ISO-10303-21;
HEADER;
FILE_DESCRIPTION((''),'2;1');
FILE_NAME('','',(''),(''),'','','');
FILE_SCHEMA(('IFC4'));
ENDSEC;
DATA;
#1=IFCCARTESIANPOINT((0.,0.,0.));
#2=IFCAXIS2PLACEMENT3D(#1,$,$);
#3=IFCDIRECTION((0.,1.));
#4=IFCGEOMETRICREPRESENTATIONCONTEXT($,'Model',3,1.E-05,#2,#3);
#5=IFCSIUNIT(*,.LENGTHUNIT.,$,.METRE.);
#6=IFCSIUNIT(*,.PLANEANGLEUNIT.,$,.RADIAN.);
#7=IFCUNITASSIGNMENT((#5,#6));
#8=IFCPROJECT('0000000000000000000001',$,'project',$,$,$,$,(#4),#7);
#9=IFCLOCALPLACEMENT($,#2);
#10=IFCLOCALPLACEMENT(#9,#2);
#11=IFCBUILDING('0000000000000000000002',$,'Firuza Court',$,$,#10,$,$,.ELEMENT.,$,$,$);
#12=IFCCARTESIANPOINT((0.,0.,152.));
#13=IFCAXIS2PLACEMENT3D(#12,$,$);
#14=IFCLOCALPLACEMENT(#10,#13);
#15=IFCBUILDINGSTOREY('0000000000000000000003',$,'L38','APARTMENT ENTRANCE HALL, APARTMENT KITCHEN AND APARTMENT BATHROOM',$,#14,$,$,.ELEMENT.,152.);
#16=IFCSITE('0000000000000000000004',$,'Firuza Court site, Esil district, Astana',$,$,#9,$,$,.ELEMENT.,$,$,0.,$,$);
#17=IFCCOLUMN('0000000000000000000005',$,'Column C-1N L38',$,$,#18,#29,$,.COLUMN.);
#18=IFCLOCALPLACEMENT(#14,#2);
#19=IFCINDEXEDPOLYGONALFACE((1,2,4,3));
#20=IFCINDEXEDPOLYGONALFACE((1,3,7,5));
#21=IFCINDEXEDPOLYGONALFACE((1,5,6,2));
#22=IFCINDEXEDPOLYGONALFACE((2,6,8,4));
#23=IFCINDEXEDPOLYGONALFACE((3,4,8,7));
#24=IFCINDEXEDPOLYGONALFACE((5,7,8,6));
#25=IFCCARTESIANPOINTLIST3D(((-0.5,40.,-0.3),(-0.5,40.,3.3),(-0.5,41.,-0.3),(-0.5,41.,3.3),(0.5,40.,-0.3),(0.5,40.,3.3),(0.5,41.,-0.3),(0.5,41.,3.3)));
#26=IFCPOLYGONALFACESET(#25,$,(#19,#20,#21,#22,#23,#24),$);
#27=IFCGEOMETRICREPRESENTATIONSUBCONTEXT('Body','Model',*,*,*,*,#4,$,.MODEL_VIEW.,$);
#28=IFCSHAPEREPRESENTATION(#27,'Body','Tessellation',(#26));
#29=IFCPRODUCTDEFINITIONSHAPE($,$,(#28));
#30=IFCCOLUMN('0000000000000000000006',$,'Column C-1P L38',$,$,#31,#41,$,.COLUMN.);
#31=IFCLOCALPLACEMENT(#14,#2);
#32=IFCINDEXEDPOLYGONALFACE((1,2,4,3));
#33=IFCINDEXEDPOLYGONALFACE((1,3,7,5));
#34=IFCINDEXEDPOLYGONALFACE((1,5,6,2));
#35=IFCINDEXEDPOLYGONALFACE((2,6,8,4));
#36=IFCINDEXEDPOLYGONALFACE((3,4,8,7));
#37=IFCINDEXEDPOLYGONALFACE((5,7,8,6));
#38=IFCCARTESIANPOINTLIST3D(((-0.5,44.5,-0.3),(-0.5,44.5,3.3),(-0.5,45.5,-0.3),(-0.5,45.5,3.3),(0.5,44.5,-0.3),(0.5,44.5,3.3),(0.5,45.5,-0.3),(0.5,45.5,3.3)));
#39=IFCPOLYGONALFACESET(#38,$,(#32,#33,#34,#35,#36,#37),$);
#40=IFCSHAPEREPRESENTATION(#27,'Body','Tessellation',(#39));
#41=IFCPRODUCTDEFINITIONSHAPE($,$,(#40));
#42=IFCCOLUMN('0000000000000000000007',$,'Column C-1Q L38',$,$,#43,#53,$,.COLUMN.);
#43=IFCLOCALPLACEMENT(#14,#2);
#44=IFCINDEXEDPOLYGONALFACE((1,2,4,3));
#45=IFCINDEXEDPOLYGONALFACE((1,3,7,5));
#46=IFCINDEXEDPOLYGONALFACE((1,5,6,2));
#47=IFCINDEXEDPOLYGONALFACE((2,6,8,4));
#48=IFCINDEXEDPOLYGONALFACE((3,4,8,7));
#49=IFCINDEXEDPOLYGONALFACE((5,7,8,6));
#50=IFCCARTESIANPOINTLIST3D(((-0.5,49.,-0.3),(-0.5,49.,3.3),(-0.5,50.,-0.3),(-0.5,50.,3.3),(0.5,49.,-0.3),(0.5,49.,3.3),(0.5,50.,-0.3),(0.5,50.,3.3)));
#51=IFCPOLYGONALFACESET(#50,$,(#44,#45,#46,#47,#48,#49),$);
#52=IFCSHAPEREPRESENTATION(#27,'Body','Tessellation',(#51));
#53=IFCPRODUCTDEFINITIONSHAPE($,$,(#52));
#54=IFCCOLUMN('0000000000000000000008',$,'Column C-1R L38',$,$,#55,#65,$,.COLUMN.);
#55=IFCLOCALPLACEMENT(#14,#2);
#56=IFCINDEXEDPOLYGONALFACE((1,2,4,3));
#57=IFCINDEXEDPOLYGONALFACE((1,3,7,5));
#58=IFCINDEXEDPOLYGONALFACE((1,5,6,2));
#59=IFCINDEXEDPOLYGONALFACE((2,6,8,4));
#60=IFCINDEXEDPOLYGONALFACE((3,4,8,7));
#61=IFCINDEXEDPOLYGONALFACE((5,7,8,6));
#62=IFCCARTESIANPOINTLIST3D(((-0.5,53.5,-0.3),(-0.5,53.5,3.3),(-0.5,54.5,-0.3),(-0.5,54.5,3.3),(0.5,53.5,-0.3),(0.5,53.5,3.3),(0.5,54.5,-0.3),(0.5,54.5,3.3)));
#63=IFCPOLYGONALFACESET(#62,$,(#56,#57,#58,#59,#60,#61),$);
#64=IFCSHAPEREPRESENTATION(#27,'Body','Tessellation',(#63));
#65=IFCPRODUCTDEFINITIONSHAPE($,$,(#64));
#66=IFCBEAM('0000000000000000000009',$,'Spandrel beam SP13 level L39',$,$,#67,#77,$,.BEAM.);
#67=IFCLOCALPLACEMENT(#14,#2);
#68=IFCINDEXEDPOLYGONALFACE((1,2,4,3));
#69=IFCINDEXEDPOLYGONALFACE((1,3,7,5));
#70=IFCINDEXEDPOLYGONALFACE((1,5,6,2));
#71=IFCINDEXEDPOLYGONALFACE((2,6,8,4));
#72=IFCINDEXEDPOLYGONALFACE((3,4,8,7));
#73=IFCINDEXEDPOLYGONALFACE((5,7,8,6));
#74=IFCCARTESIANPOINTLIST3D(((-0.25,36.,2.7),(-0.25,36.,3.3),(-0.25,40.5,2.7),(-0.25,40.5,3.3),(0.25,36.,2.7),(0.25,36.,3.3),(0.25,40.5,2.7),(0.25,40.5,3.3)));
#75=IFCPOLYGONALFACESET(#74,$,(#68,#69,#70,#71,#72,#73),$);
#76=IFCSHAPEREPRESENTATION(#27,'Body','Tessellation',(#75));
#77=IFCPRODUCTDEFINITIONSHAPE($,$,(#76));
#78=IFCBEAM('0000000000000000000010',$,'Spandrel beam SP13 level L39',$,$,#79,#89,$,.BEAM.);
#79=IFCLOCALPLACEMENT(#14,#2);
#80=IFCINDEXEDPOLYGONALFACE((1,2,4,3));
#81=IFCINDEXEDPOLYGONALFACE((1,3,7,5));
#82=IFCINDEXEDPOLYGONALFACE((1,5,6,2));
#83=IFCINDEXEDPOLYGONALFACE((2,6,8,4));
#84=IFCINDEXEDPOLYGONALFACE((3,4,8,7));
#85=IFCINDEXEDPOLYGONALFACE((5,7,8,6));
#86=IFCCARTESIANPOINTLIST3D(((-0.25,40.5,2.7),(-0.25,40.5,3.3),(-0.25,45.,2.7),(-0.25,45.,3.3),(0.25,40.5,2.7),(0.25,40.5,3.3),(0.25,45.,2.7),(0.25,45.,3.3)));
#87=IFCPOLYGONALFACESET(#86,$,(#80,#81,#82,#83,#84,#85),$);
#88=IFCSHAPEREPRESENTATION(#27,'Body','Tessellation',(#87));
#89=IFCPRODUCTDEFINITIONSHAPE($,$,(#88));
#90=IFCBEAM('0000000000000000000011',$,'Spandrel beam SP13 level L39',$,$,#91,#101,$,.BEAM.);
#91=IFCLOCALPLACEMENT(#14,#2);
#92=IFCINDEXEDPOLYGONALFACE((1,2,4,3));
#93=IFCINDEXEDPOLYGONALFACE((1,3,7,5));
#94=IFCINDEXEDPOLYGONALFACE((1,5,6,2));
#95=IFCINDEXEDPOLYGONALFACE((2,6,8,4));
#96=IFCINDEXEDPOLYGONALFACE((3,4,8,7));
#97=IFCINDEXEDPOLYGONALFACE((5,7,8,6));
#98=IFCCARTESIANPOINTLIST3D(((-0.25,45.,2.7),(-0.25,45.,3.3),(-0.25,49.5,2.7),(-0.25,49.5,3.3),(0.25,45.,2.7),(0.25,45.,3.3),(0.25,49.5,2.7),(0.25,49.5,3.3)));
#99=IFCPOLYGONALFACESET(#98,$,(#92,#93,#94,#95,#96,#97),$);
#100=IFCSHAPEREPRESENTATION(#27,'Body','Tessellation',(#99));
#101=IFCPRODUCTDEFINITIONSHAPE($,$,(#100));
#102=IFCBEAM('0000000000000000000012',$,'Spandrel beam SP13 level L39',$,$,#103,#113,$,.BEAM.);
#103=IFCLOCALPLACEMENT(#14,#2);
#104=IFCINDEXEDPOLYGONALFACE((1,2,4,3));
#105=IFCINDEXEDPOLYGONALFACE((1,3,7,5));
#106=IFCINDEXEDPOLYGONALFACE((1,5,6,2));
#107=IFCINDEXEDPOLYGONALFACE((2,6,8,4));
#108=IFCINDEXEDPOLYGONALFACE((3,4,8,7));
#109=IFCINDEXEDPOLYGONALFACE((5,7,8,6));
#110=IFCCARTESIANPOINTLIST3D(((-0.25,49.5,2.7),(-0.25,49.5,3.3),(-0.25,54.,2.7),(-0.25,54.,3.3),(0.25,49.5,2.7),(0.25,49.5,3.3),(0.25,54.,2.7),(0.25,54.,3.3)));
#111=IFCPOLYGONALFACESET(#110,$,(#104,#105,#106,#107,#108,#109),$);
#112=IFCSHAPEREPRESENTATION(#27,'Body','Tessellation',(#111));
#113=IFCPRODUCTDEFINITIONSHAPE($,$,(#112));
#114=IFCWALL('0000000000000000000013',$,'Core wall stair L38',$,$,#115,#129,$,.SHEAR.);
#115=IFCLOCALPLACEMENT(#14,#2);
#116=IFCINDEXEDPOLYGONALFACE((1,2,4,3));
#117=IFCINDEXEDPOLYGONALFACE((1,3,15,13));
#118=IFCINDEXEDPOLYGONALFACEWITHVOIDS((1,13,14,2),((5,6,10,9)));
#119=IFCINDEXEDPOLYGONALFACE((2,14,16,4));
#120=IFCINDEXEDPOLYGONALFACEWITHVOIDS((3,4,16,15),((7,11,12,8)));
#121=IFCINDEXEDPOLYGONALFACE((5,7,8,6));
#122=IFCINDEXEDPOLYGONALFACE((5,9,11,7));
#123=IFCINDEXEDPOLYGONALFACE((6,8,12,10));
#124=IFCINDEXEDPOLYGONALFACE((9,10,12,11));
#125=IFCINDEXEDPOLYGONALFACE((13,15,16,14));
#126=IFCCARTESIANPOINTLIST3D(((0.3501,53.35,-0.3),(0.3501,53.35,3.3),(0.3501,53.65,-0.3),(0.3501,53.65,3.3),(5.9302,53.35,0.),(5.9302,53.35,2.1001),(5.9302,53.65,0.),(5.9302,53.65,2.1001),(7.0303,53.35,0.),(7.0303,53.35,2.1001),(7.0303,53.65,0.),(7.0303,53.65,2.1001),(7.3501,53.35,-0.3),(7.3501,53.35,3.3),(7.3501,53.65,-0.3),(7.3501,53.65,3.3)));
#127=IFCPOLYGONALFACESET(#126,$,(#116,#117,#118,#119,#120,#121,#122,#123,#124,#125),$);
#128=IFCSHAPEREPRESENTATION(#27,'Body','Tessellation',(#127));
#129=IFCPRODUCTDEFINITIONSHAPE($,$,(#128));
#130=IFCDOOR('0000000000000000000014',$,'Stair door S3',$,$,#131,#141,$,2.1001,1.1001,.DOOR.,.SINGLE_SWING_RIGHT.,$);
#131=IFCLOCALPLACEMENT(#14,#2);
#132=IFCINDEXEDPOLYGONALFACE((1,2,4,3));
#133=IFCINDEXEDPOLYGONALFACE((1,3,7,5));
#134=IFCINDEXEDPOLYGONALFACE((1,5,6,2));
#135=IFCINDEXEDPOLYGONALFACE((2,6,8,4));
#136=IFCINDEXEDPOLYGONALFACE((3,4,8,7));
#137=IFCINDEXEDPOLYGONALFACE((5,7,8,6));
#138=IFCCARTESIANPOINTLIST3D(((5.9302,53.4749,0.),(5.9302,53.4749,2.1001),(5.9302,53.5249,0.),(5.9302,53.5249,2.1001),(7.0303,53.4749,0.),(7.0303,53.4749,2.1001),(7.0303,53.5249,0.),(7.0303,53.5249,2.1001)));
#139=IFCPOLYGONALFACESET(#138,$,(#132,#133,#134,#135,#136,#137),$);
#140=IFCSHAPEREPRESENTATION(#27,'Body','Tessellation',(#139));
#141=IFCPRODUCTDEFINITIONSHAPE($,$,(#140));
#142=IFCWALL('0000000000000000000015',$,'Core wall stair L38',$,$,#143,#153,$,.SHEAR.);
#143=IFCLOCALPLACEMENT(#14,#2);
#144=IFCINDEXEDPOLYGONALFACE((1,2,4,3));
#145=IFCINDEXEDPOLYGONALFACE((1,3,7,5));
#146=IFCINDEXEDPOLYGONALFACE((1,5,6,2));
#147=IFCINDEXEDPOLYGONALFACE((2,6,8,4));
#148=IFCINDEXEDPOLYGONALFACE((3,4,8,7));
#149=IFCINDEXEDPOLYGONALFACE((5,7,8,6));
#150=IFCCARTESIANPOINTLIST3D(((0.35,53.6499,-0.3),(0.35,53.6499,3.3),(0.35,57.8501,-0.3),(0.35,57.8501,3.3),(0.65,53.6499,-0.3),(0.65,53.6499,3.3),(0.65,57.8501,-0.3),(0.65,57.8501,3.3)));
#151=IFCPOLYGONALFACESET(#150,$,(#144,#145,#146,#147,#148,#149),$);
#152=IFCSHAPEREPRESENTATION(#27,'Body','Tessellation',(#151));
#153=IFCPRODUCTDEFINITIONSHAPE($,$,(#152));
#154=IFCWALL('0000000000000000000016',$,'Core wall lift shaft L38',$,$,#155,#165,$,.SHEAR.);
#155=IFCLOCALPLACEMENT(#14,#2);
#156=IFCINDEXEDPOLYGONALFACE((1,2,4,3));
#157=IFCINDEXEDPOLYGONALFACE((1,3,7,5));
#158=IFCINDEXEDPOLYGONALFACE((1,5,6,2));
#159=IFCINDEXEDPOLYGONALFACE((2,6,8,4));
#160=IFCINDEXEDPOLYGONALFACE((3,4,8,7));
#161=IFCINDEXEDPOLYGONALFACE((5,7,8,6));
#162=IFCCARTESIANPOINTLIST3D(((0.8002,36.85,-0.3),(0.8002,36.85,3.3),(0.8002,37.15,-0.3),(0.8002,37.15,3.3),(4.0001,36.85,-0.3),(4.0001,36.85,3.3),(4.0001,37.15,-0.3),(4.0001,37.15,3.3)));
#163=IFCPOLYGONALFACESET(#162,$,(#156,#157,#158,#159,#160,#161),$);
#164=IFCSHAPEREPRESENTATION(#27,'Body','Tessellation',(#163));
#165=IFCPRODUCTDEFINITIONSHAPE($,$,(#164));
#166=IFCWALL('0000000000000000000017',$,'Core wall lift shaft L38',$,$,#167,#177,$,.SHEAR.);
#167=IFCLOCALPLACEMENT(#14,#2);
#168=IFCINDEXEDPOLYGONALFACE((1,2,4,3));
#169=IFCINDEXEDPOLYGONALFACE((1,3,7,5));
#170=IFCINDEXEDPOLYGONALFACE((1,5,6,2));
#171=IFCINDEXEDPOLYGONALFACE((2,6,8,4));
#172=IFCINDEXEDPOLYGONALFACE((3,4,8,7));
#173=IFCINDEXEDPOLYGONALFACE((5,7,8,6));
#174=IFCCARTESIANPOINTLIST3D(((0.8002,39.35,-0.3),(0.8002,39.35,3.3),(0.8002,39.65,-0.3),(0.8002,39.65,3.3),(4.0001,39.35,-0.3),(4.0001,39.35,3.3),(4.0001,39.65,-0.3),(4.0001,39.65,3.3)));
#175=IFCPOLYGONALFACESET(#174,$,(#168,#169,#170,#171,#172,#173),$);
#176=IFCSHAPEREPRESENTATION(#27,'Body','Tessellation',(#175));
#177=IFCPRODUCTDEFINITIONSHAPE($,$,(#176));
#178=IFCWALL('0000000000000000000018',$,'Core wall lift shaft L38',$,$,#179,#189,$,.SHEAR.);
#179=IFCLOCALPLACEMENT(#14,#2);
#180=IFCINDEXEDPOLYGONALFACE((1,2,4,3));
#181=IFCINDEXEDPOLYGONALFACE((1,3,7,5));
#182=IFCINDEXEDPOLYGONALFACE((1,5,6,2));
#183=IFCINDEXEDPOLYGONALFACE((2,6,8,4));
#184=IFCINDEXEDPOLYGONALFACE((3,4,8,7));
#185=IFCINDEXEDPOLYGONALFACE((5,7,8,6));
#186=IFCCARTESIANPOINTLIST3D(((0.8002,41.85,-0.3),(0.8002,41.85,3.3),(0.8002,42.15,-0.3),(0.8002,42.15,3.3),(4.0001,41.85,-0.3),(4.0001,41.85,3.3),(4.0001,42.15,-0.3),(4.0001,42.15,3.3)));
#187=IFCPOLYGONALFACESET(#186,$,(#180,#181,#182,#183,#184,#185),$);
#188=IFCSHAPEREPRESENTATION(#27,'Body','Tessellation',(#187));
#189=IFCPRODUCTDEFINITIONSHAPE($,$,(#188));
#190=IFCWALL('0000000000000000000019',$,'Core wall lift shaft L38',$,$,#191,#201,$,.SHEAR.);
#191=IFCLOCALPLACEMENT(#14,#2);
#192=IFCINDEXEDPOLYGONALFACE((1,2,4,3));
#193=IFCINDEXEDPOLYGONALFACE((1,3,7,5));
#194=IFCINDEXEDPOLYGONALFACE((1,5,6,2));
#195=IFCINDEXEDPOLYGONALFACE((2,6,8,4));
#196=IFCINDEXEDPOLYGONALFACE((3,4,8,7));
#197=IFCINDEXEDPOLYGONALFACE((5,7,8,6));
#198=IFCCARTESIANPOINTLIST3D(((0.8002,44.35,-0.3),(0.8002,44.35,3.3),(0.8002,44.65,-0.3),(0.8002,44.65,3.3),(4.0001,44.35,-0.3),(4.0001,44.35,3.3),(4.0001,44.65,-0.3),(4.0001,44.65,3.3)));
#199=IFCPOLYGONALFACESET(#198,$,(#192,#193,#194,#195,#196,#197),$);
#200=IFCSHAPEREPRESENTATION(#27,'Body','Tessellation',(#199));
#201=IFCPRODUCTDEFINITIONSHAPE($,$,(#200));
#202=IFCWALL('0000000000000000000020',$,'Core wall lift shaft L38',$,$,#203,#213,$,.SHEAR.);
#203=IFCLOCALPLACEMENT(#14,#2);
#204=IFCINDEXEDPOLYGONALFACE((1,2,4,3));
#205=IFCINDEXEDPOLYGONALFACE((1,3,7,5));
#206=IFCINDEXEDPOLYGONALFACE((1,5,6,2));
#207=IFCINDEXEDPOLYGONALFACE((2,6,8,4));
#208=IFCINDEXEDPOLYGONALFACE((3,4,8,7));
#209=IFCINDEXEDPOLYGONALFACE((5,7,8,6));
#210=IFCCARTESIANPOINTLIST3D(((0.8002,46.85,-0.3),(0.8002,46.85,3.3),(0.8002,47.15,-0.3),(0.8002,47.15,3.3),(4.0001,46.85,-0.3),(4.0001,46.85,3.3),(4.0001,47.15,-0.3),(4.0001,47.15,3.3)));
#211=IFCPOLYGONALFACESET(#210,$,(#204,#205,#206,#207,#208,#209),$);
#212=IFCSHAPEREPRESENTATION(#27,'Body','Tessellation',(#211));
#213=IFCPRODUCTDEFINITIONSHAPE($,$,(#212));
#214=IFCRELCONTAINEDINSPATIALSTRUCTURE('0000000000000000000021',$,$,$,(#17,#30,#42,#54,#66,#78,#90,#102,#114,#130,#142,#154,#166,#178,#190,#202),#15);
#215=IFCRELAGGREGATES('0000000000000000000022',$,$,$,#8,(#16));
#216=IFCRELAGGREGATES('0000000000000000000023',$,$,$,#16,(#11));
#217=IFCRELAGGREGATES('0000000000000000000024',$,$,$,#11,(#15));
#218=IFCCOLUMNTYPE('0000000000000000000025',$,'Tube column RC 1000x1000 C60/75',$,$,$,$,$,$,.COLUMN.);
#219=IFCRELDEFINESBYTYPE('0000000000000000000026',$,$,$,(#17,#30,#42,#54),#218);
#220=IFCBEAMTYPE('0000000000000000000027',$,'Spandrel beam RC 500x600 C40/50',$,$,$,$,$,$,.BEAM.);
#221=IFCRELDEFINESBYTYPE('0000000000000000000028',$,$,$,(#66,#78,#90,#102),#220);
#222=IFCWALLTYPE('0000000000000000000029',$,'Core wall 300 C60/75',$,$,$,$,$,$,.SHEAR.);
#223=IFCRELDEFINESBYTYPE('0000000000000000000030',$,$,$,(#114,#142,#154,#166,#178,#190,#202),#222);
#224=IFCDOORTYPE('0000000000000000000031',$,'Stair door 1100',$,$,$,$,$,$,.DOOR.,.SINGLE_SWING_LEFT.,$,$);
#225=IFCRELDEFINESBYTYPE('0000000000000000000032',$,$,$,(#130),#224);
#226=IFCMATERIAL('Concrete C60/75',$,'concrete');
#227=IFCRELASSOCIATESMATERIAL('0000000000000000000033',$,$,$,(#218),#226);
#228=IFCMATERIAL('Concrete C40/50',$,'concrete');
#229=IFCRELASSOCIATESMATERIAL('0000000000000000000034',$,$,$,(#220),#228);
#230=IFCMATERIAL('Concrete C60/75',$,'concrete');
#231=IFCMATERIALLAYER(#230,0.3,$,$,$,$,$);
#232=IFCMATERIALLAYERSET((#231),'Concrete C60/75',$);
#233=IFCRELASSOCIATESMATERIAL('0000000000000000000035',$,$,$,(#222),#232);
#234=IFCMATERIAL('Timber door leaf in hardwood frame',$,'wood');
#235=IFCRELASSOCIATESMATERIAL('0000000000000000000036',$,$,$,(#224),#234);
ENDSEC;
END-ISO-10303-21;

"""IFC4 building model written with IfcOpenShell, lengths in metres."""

from ifc_helpers import new_model, si_unit, direction, frame, frame_2d, origin, origin_2d, place, context, subcontext, project, spatial, rectangle, extrude, material, layer, layer_set, material_profile, profile_set, type_object, element, fill, save


model = new_model("IFC4")

# Units and contexts
model_context = context("Model", 3, precision=1e-05, world=origin(), true_north=direction((0.0, 1.0)))
body_context = subcontext(model_context, "Body", "Model", "MODEL_VIEW")
ifc_project = project(units=[si_unit("LENGTHUNIT", "METRE"), si_unit("PLANEANGLEUNIT", "RADIAN")], contexts=[model_context])

# Site, building, storey
site_placement = place(None, origin())
site = spatial("IfcSite", under=ifc_project, at=site_placement, Name="Firuza Court site, Esil district, Astana", CompositionType="ELEMENT", RefElevation=0.0)
building_placement = place(site_placement, origin())
building = spatial("IfcBuilding", under=site, at=building_placement, Name="Firuza Court", CompositionType="ELEMENT")
storey_placement = place(building_placement, frame((0.0, 0.0, 152.0)))
storey = spatial("IfcBuildingStorey", under=building, at=storey_placement, Name="L38", Description="APARTMENT ENTRANCE HALL, APARTMENT KITCHEN AND APARTMENT BATHROOM", CompositionType="ELEMENT", Elevation=152.0)

# Columns
ifc_material_1 = material(Name="Concrete C60/75", Category="concrete")
ifc_material_profile_1 = material_profile(ifc_material_1, rectangle(XDim=1.0, YDim=1.0, at=origin_2d()), Name="RC 1000x1000")
ifc_profile_set_1 = profile_set([ifc_material_profile_1], Name="Concrete C60/75")
column_type = type_object("IfcColumnType", Name="Tube column RC 1000x1000 C60/75", PredefinedType="COLUMN", material=ifc_profile_set_1)
for number, where, z_axis, x_axis, name in (
    (1, (0.0, 40.5, -0.3), (0.0, 0.0, 1.0), (1.0, 0.0, 0.0), "Column C-1N L38"),
    (2, (0.0, 45.0, -0.3), (0.0, 0.0, 1.0), (1.0, 0.0, 0.0), "Column C-1P L38"),
    (3, (0.0, 49.5, -0.3), (0.0, 0.0, 1.0), (1.0, 0.0, 0.0), "Column C-1Q L38"),
    (4, (0.0, 54.0, -0.3), (0.0, 0.0, 1.0), (1.0, 0.0, 0.0), "Column C-1R L38"),
):
    element("IfcColumn", number, at=place(storey_placement, frame(where, z_axis=z_axis, x_axis=x_axis)), inside=storey, type_object=column_type, Name=name, PredefinedType="COLUMN", context=body_context, shape_type="SweptSolid", body=[
        extrude(rectangle(XDim=1.0, YDim=1.0, at=origin_2d()), origin(), (0.0, 0.0, 1.0), 3.6001),
    ])

# Beams
ifc_material_2 = material(Name="Concrete C40/50", Category="concrete")
ifc_material_profile_2 = material_profile(ifc_material_2, rectangle(XDim=0.5, YDim=0.6001, at=origin_2d()), Name="RC 500x600")
ifc_profile_set_2 = profile_set([ifc_material_profile_2], Name="Concrete C40/50")
beam_type = type_object("IfcBeamType", Name="Spandrel beam RC 500x600 C40/50", PredefinedType="BEAM", material=ifc_profile_set_2)
for number, where, z_axis, x_axis, name in (
    (5, (0.0, 40.5, 3.0), (0.0, -1.0, 0.0), (1.0, 0.0, 0.0), "Spandrel beam SP13 level L39"),
    (6, (0.0, 45.0, 3.0), (0.0, -1.0, 0.0), (1.0, 0.0, 0.0), "Spandrel beam SP13 level L39"),
    (7, (0.0, 49.5, 3.0), (0.0, -1.0, 0.0), (1.0, 0.0, 0.0), "Spandrel beam SP13 level L39"),
    (8, (0.0, 54.0, 3.0), (0.0, -1.0, 0.0), (1.0, 0.0, 0.0), "Spandrel beam SP13 level L39"),
):
    element("IfcBeam", number, at=place(storey_placement, frame(where, z_axis=z_axis, x_axis=x_axis)), inside=storey, type_object=beam_type, Name=name, PredefinedType="BEAM", context=body_context, shape_type="SweptSolid", body=[
        extrude(rectangle(XDim=0.5, YDim=0.6001, at=origin_2d()), origin(), (0.0, 0.0, 1.0), 4.5),
    ])

# Wall, opening, door
ifc_material_3 = material(Name="Concrete C60/75", Category="concrete")
ifc_layer_1 = layer(ifc_material_3, 0.3)
ifc_layer_set_1 = layer_set([ifc_layer_1], Name="Concrete C60/75")
wall_type_1 = type_object("IfcWallType", Name="Core wall 300 C60/75", PredefinedType="SHEAR", material=ifc_layer_set_1)
wall_1_placement = place(storey_placement, frame((0.3501, 53.5, -0.3), z_axis=(0.0, 0.0, 1.0), x_axis=(1.0, 0.0, 0.0)))
wall_1 = element("IfcWall", 9, at=wall_1_placement, inside=storey, type_object=wall_type_1, Name="Core wall stair L38", PredefinedType="SHEAR", context=body_context, shape_type="SweptSolid", body=[
    extrude(rectangle(XDim=7.0, YDim=0.3, at=frame_2d((3.5, 0.0))), origin(), (0.0, 0.0, 1.0), 3.6001),
])
opening_1_placement = place(wall_1_placement, frame((5.5801, 0.0, 0.3)))
opening_1 = element("IfcOpeningElement", 10, at=opening_1_placement, cuts=wall_1, PredefinedType="OPENING", context=body_context, shape_type="SweptSolid", body=[
    extrude(rectangle(XDim=1.1001, YDim=2.1001, at=frame_2d((0.55, 1.05))), frame((0.0, 0.1621, 0.0), z_axis=(0.0, -1.0, 0.0), x_axis=(1.0, 0.0, 0.0)), (0.0, 0.0, 1.0), 0.324),
])
ifc_material_4 = material(Name="Timber door leaf in hardwood frame", Category="wood")
door_type_1 = type_object("IfcDoorType", Name="Stair door 1100", OperationType="SINGLE_SWING_LEFT", PredefinedType="DOOR", material=ifc_material_4)
door_1_placement = place(opening_1_placement, origin())
door_1 = element("IfcDoor", 11, at=door_1_placement, inside=storey, type_object=door_type_1, Name="Stair door S3", OperationType="SINGLE_SWING_RIGHT", OverallHeight=2.1001, OverallWidth=1.1001, PredefinedType="DOOR", context=body_context, shape_type="SweptSolid", body=[
    extrude(rectangle(XDim=1.1001, YDim=2.1001, at=frame_2d((0.55, 1.05))), frame((0.0, 0.0249, 0.0), z_axis=(0.0, -1.0, 0.0), x_axis=(1.0, 0.0, 0.0)), (0.0, 0.0, 1.0), 0.05),
])
fill(opening_1, door_1)

# Walls
wall_2_placement = place(storey_placement, frame((0.5, 53.6499, -0.3), z_axis=(0.0, 0.0, 1.0), x_axis=(0.0, 1.0, 0.0)))
element("IfcWall", 12, at=wall_2_placement, inside=storey, type_object=wall_type_1, Name="Core wall stair L38", PredefinedType="SHEAR", context=body_context, shape_type="SweptSolid", body=[
    extrude(rectangle(XDim=4.2002, YDim=0.3, at=frame_2d((2.1001, 0.0))), origin(), (0.0, 0.0, 1.0), 3.6001),
])
for number, where, z_axis, x_axis, name in (
    (13, (0.8, 37.0, -0.3), (0.0, 0.0, 1.0), (1.0, 0.0, 0.0), "Core wall lift shaft L38"),
    (14, (0.8, 39.5, -0.3), (0.0, 0.0, 1.0), (1.0, 0.0, 0.0), "Core wall lift shaft L38"),
    (15, (0.8, 42.0, -0.3), (0.0, 0.0, 1.0), (1.0, 0.0, 0.0), "Core wall lift shaft L38"),
    (16, (0.8, 44.5, -0.3), (0.0, 0.0, 1.0), (1.0, 0.0, 0.0), "Core wall lift shaft L38"),
    (17, (0.8, 47.0, -0.3), (0.0, 0.0, 1.0), (1.0, 0.0, 0.0), "Core wall lift shaft L38"),
):
    element("IfcWall", number, at=place(storey_placement, frame(where, z_axis=z_axis, x_axis=x_axis)), inside=storey, type_object=wall_type_1, Name=name, PredefinedType="SHEAR", context=body_context, shape_type="SweptSolid", body=[
        extrude(rectangle(XDim=3.2, YDim=0.3, at=frame_2d((1.6001, 0.0))), origin(), (0.0, 0.0, 1.0), 3.6001),
    ])

save(model, "model.ifc")
